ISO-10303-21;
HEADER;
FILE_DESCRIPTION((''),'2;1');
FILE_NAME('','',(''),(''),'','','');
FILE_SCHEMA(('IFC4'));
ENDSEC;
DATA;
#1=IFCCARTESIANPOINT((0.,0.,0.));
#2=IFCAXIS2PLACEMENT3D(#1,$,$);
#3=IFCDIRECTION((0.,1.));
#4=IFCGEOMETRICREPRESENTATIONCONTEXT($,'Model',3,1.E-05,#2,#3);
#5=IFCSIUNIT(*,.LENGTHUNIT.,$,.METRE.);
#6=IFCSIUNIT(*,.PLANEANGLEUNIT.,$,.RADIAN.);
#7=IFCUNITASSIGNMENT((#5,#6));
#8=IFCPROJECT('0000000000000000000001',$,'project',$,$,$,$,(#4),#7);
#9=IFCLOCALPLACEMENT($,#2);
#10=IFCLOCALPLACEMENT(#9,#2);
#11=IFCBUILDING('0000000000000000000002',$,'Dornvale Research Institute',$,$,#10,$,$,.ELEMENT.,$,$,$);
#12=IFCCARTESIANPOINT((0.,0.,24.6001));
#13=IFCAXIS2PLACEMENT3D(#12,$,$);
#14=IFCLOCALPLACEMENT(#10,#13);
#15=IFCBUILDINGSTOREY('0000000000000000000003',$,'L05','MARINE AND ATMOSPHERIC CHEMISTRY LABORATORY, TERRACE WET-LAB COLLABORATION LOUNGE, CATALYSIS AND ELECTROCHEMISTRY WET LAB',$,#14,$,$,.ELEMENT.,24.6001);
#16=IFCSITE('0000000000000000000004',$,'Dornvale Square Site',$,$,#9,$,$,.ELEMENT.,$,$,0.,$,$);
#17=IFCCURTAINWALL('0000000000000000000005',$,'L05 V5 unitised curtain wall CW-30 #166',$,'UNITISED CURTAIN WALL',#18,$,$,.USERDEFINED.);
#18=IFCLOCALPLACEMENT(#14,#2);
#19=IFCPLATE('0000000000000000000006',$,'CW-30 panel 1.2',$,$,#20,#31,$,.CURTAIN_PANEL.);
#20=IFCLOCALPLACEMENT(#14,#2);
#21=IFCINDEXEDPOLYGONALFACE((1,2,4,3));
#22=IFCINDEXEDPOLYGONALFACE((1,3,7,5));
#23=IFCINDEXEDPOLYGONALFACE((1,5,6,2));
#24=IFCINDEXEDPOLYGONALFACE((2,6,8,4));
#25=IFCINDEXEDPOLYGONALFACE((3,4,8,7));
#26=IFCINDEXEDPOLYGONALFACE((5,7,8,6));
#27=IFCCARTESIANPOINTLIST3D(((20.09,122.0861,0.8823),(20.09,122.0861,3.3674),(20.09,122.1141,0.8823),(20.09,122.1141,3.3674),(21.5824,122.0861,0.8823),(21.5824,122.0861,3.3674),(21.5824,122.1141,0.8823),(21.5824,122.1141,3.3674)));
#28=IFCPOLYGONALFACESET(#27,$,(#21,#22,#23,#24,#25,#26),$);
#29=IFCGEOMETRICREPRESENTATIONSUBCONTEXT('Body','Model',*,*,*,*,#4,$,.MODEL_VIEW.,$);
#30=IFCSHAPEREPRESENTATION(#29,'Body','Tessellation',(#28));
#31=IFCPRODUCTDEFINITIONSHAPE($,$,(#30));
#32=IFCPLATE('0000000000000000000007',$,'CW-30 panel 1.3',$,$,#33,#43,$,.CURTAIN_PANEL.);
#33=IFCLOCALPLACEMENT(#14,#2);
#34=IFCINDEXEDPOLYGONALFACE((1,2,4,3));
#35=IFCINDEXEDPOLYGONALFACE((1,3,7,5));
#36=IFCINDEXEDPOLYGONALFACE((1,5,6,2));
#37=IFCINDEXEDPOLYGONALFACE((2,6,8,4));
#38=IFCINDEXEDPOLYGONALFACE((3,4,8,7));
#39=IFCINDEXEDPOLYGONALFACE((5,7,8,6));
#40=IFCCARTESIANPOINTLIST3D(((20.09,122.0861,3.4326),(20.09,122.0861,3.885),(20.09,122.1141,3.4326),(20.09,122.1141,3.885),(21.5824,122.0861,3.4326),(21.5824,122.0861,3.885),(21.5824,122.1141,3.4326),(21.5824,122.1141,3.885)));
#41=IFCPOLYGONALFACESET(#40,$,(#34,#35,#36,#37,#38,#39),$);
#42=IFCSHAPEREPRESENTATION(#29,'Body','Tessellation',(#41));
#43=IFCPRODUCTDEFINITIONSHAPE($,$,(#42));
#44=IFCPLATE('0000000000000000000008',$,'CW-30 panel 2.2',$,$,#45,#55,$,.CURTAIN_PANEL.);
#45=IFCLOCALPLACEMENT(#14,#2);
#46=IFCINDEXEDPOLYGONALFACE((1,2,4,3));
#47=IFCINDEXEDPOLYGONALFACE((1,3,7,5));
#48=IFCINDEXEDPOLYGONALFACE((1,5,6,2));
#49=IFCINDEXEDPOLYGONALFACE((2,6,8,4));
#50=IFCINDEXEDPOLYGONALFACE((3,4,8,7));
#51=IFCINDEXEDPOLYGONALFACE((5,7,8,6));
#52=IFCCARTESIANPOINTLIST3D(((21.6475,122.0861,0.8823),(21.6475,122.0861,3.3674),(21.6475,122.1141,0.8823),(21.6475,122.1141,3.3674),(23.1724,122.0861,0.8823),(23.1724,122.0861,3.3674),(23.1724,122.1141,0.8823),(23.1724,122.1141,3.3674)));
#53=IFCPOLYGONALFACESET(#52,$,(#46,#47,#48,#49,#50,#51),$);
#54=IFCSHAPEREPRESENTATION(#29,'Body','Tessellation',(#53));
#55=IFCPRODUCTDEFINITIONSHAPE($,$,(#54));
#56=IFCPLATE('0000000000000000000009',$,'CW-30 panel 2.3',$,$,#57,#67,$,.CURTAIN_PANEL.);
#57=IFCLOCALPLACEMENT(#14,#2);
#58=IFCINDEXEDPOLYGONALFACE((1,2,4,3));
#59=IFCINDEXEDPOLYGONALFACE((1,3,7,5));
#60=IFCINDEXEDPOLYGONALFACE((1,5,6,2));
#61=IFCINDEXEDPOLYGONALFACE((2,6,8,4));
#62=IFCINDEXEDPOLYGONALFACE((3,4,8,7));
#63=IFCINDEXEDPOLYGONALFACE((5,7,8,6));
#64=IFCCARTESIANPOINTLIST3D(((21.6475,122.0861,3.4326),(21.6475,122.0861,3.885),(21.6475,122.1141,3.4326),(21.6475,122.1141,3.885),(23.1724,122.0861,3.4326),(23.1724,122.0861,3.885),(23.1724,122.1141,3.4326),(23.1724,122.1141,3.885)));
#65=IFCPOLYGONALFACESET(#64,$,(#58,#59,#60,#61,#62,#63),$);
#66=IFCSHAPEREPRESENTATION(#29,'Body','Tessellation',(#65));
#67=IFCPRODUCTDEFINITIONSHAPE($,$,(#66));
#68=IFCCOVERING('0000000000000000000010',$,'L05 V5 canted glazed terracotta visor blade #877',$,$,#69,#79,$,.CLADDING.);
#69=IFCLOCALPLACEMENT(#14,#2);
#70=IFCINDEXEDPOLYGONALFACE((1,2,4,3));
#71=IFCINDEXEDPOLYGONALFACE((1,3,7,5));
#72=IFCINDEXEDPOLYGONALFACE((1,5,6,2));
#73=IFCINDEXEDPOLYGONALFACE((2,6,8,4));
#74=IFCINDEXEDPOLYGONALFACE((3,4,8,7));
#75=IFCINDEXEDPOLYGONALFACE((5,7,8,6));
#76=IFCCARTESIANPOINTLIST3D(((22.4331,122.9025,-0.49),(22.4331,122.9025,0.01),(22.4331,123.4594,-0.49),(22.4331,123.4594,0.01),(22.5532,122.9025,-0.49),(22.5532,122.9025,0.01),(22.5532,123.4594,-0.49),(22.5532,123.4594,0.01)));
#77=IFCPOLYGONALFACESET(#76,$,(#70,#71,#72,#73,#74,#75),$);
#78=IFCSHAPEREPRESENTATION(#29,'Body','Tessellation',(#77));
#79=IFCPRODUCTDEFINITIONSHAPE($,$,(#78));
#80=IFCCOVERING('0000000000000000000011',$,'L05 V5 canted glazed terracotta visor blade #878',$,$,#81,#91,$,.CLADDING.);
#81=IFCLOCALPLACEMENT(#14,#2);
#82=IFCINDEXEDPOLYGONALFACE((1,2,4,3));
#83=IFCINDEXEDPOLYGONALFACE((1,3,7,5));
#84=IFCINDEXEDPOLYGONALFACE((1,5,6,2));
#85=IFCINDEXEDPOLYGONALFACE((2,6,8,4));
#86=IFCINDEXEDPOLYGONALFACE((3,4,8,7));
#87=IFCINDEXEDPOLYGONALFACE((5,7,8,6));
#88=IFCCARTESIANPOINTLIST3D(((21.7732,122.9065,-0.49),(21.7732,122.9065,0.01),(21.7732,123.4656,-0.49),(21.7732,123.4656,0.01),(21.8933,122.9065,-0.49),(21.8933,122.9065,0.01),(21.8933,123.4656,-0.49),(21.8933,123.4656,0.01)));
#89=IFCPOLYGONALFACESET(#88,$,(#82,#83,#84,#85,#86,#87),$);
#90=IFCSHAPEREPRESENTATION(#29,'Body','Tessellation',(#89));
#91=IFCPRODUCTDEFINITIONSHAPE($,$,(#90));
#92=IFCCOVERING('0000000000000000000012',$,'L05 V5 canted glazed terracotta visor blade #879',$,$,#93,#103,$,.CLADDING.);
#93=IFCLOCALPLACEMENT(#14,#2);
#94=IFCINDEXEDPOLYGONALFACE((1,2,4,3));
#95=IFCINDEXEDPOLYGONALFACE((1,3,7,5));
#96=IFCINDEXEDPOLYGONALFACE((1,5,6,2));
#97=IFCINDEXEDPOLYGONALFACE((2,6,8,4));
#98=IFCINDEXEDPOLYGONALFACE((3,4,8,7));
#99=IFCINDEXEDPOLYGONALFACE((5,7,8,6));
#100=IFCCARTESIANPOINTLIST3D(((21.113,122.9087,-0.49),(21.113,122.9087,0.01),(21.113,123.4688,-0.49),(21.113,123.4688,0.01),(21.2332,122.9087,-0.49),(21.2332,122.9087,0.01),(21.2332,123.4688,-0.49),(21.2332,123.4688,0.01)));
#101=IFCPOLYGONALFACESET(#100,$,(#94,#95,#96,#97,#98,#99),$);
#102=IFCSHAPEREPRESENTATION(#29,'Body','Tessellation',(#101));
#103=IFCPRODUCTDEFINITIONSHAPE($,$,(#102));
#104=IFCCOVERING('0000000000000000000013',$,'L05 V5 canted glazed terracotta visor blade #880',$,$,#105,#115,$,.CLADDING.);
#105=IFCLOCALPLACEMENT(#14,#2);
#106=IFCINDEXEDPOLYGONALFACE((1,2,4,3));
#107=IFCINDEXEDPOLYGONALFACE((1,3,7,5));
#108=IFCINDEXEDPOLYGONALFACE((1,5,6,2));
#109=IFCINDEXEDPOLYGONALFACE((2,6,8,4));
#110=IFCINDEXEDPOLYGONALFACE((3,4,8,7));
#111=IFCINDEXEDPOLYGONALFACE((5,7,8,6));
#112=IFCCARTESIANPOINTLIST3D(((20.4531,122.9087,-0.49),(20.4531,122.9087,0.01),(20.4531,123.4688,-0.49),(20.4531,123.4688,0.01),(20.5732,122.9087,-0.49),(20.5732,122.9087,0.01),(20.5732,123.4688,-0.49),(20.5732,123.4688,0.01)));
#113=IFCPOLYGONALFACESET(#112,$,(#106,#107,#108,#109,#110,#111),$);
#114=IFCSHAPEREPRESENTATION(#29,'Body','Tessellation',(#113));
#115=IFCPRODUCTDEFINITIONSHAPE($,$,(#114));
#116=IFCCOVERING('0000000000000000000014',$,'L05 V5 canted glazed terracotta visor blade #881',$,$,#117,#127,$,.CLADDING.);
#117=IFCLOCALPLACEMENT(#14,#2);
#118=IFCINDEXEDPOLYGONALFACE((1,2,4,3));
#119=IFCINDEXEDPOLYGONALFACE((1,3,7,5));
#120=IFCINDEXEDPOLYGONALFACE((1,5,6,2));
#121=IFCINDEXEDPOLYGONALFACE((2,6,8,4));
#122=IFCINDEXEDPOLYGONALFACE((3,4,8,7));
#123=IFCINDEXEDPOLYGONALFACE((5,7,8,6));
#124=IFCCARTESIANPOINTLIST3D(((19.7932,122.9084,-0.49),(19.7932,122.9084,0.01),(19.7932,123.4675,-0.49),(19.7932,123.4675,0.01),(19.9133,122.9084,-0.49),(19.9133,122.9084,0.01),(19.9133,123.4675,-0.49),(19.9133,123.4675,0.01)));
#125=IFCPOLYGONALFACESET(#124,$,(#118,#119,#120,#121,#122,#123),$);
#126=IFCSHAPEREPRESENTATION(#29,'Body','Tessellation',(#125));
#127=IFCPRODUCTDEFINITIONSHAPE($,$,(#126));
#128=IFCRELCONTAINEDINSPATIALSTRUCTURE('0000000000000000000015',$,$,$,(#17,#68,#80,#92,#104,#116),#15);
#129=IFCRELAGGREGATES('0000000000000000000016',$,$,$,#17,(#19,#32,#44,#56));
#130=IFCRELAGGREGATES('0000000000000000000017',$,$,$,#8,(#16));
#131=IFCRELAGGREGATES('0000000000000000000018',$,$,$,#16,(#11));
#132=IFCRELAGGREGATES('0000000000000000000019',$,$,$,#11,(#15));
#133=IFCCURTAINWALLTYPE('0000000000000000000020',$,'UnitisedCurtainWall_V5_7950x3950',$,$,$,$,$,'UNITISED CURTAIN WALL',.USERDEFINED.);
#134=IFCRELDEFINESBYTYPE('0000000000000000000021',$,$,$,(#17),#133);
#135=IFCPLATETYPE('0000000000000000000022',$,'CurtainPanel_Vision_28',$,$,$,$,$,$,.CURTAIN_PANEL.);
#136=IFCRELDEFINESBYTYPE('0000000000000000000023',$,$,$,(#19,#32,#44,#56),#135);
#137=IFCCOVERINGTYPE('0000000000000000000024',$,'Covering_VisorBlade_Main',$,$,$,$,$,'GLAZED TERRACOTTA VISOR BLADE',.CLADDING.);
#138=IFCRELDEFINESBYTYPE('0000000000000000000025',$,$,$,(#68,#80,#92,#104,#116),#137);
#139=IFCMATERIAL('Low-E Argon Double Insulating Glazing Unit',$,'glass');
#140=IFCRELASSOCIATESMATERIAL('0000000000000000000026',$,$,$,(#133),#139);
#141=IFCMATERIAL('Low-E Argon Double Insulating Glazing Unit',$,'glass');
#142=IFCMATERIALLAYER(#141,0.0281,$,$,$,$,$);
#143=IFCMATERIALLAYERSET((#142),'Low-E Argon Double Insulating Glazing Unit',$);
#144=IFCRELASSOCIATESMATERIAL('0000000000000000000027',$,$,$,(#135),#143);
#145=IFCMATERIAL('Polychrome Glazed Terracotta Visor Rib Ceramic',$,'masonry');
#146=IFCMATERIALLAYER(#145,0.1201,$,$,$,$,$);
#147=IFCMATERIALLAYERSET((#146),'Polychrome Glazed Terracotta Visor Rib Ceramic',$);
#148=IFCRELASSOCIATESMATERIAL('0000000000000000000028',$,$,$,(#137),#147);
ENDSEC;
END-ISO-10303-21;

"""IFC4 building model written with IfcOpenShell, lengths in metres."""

from ifc_helpers import new_model, si_unit, direction, frame, origin, origin_2d, place, context, subcontext, project, spatial, rectangle, extrude, material, layer, layer_set, type_object, element, aggregate, save


model = new_model("IFC4")

# Units and contexts
model_context = context("Model", 3, precision=1e-05, world=origin(), true_north=direction((0.0, 1.0)))
body_context = subcontext(model_context, "Body", "Model", "MODEL_VIEW")
ifc_project = project(units=[si_unit("LENGTHUNIT", "METRE"), si_unit("PLANEANGLEUNIT", "RADIAN")], contexts=[model_context])

# Site, building, storey
site_placement = place(None, origin())
site = spatial("IfcSite", under=ifc_project, at=site_placement, Name="Dornvale Square Site", CompositionType="ELEMENT", RefElevation=0.0)
building_placement = place(site_placement, origin())
building = spatial("IfcBuilding", under=site, at=building_placement, Name="Dornvale Research Institute", CompositionType="ELEMENT")
storey_placement = place(building_placement, frame((0.0, 0.0, 24.6001)))
storey = spatial("IfcBuildingStorey", under=building, at=storey_placement, Name="L05", Description="MARINE AND ATMOSPHERIC CHEMISTRY LABORATORY, TERRACE WET-LAB COLLABORATION LOUNGE, CATALYSIS AND ELECTROCHEMISTRY WET LAB", CompositionType="ELEMENT", Elevation=24.6001)

# Curtain wall
ifc_material_1 = material(Name="Low-E Argon Double Insulating Glazing Unit", Category="glass")
curtain_wall_type = type_object("IfcCurtainWallType", Name="UnitisedCurtainWall_V5_7950x3950", ElementType="UNITISED CURTAIN WALL", PredefinedType="USERDEFINED", material=ifc_material_1)
curtain_wall_placement = place(storey_placement, origin())
curtain_wall = element("IfcCurtainWall", 1, at=curtain_wall_placement, inside=storey, type_object=curtain_wall_type, Name="L05 V5 unitised curtain wall CW-30 #166", ObjectType="UNITISED CURTAIN WALL", PredefinedType="USERDEFINED")

# Plates
ifc_material_2 = material(Name="Low-E Argon Double Insulating Glazing Unit", Category="glass")
ifc_layer_1 = layer(ifc_material_2, 0.0281)
ifc_layer_set_1 = layer_set([ifc_layer_1], Name="Low-E Argon Double Insulating Glazing Unit")
plate_type_1 = type_object("IfcPlateType", Name="CurtainPanel_Vision_28", PredefinedType="CURTAIN_PANEL", material=ifc_layer_set_1)
plate_1_placement = place(storey_placement, frame((20.8362, 122.1001, 0.8823), z_axis=(0.0, 0.0, 1.0), x_axis=(1.0, 0.0, 0.0)))
plate_1 = element("IfcPlate", 2, at=plate_1_placement, type_object=plate_type_1, Name="CW-30 panel 1.2", PredefinedType="CURTAIN_PANEL", context=body_context, shape_type="SweptSolid", body=[
    extrude(rectangle(XDim=1.4924, YDim=0.0281, at=origin_2d()), origin(), (0.0, 0.0, 1.0), 2.4851),
])
plate_2_placement = place(storey_placement, frame((20.8362, 122.1001, 3.4326), z_axis=(0.0, 0.0, 1.0), x_axis=(1.0, 0.0, 0.0)))
plate_2 = element("IfcPlate", 3, at=plate_2_placement, type_object=plate_type_1, Name="CW-30 panel 1.3", PredefinedType="CURTAIN_PANEL", context=body_context, shape_type="SweptSolid", body=[
    extrude(rectangle(XDim=1.4924, YDim=0.0281, at=origin_2d()), origin(), (0.0, 0.0, 1.0), 0.4524),
])
plate_3_placement = place(storey_placement, frame((22.4099, 122.1001, 0.8823), z_axis=(0.0, 0.0, 1.0), x_axis=(1.0, 0.0, 0.0)))
plate_3 = element("IfcPlate", 4, at=plate_3_placement, type_object=plate_type_1, Name="CW-30 panel 2.2", PredefinedType="CURTAIN_PANEL", context=body_context, shape_type="SweptSolid", body=[
    extrude(rectangle(XDim=1.5249, YDim=0.0281, at=origin_2d()), origin(), (0.0, 0.0, 1.0), 2.4851),
])
plate_4_placement = place(storey_placement, frame((22.4099, 122.1001, 3.4326), z_axis=(0.0, 0.0, 1.0), x_axis=(1.0, 0.0, 0.0)))
plate_4 = element("IfcPlate", 5, at=plate_4_placement, type_object=plate_type_1, Name="CW-30 panel 2.3", PredefinedType="CURTAIN_PANEL", context=body_context, shape_type="SweptSolid", body=[
    extrude(rectangle(XDim=1.5249, YDim=0.0281, at=origin_2d()), origin(), (0.0, 0.0, 1.0), 0.4524),
])
aggregate(curtain_wall, [plate_1, plate_2, plate_3, plate_4])

# Coverings
ifc_material_3 = material(Name="Polychrome Glazed Terracotta Visor Rib Ceramic", Category="masonry")
ifc_layer_2 = layer(ifc_material_3, 0.1201)
ifc_layer_set_2 = layer_set([ifc_layer_2], Name="Polychrome Glazed Terracotta Visor Rib Ceramic")
covering_type = type_object("IfcCoveringType", Name="Covering_VisorBlade_Main", ElementType="GLAZED TERRACOTTA VISOR BLADE", PredefinedType="CLADDING", material=ifc_layer_set_2)
covering_1_placement = place(storey_placement, frame((22.4932, 123.1809, -0.49), z_axis=(0.0, 0.0, 1.0), x_axis=(0.0, 1.0, 0.0)))
element("IfcCovering", 6, at=covering_1_placement, inside=storey, type_object=covering_type, Name="L05 V5 canted glazed terracotta visor blade #877", PredefinedType="CLADDING", context=body_context, shape_type="SweptSolid", body=[
    extrude(rectangle(XDim=0.5569, YDim=0.1201, at=origin_2d()), origin(), (0.0, 0.0, 1.0), 0.5),
])
covering_2_placement = place(storey_placement, frame((21.8333, 123.186, -0.49), z_axis=(0.0, 0.0, 1.0), x_axis=(0.0, 1.0, 0.0)))
element("IfcCovering", 7, at=covering_2_placement, inside=storey, type_object=covering_type, Name="L05 V5 canted glazed terracotta visor blade #878", PredefinedType="CLADDING", context=body_context, shape_type="SweptSolid", body=[
    extrude(rectangle(XDim=0.5591, YDim=0.1201, at=origin_2d()), origin(), (0.0, 0.0, 1.0), 0.5),
])
for number, where, z_axis, x_axis, name in (
    (8, (21.1731, 123.1887, -0.49), (0.0, 0.0, 1.0), (0.0, 1.0, 0.0), "L05 V5 canted glazed terracotta visor blade #879"),
    (9, (20.5132, 123.1887, -0.49), (0.0, 0.0, 1.0), (0.0, 1.0, 0.0), "L05 V5 canted glazed terracotta visor blade #880"),
):
    element("IfcCovering", number, at=place(storey_placement, frame(where, z_axis=z_axis, x_axis=x_axis)), inside=storey, type_object=covering_type, Name=name, PredefinedType="CLADDING", context=body_context, shape_type="SweptSolid", body=[
        extrude(rectangle(XDim=0.5601, YDim=0.1201, at=origin_2d()), origin(), (0.0, 0.0, 1.0), 0.5),
    ])
covering_3_placement = place(storey_placement, frame((19.8533, 123.188, -0.49), z_axis=(0.0, 0.0, 1.0), x_axis=(0.0, 1.0, 0.0)))
element("IfcCovering", 10, at=covering_3_placement, inside=storey, type_object=covering_type, Name="L05 V5 canted glazed terracotta visor blade #881", PredefinedType="CLADDING", context=body_context, shape_type="SweptSolid", body=[
    extrude(rectangle(XDim=0.5591, YDim=0.1201, at=origin_2d()), origin(), (0.0, 0.0, 1.0), 0.5),
])

save(model, "model.ifc")
